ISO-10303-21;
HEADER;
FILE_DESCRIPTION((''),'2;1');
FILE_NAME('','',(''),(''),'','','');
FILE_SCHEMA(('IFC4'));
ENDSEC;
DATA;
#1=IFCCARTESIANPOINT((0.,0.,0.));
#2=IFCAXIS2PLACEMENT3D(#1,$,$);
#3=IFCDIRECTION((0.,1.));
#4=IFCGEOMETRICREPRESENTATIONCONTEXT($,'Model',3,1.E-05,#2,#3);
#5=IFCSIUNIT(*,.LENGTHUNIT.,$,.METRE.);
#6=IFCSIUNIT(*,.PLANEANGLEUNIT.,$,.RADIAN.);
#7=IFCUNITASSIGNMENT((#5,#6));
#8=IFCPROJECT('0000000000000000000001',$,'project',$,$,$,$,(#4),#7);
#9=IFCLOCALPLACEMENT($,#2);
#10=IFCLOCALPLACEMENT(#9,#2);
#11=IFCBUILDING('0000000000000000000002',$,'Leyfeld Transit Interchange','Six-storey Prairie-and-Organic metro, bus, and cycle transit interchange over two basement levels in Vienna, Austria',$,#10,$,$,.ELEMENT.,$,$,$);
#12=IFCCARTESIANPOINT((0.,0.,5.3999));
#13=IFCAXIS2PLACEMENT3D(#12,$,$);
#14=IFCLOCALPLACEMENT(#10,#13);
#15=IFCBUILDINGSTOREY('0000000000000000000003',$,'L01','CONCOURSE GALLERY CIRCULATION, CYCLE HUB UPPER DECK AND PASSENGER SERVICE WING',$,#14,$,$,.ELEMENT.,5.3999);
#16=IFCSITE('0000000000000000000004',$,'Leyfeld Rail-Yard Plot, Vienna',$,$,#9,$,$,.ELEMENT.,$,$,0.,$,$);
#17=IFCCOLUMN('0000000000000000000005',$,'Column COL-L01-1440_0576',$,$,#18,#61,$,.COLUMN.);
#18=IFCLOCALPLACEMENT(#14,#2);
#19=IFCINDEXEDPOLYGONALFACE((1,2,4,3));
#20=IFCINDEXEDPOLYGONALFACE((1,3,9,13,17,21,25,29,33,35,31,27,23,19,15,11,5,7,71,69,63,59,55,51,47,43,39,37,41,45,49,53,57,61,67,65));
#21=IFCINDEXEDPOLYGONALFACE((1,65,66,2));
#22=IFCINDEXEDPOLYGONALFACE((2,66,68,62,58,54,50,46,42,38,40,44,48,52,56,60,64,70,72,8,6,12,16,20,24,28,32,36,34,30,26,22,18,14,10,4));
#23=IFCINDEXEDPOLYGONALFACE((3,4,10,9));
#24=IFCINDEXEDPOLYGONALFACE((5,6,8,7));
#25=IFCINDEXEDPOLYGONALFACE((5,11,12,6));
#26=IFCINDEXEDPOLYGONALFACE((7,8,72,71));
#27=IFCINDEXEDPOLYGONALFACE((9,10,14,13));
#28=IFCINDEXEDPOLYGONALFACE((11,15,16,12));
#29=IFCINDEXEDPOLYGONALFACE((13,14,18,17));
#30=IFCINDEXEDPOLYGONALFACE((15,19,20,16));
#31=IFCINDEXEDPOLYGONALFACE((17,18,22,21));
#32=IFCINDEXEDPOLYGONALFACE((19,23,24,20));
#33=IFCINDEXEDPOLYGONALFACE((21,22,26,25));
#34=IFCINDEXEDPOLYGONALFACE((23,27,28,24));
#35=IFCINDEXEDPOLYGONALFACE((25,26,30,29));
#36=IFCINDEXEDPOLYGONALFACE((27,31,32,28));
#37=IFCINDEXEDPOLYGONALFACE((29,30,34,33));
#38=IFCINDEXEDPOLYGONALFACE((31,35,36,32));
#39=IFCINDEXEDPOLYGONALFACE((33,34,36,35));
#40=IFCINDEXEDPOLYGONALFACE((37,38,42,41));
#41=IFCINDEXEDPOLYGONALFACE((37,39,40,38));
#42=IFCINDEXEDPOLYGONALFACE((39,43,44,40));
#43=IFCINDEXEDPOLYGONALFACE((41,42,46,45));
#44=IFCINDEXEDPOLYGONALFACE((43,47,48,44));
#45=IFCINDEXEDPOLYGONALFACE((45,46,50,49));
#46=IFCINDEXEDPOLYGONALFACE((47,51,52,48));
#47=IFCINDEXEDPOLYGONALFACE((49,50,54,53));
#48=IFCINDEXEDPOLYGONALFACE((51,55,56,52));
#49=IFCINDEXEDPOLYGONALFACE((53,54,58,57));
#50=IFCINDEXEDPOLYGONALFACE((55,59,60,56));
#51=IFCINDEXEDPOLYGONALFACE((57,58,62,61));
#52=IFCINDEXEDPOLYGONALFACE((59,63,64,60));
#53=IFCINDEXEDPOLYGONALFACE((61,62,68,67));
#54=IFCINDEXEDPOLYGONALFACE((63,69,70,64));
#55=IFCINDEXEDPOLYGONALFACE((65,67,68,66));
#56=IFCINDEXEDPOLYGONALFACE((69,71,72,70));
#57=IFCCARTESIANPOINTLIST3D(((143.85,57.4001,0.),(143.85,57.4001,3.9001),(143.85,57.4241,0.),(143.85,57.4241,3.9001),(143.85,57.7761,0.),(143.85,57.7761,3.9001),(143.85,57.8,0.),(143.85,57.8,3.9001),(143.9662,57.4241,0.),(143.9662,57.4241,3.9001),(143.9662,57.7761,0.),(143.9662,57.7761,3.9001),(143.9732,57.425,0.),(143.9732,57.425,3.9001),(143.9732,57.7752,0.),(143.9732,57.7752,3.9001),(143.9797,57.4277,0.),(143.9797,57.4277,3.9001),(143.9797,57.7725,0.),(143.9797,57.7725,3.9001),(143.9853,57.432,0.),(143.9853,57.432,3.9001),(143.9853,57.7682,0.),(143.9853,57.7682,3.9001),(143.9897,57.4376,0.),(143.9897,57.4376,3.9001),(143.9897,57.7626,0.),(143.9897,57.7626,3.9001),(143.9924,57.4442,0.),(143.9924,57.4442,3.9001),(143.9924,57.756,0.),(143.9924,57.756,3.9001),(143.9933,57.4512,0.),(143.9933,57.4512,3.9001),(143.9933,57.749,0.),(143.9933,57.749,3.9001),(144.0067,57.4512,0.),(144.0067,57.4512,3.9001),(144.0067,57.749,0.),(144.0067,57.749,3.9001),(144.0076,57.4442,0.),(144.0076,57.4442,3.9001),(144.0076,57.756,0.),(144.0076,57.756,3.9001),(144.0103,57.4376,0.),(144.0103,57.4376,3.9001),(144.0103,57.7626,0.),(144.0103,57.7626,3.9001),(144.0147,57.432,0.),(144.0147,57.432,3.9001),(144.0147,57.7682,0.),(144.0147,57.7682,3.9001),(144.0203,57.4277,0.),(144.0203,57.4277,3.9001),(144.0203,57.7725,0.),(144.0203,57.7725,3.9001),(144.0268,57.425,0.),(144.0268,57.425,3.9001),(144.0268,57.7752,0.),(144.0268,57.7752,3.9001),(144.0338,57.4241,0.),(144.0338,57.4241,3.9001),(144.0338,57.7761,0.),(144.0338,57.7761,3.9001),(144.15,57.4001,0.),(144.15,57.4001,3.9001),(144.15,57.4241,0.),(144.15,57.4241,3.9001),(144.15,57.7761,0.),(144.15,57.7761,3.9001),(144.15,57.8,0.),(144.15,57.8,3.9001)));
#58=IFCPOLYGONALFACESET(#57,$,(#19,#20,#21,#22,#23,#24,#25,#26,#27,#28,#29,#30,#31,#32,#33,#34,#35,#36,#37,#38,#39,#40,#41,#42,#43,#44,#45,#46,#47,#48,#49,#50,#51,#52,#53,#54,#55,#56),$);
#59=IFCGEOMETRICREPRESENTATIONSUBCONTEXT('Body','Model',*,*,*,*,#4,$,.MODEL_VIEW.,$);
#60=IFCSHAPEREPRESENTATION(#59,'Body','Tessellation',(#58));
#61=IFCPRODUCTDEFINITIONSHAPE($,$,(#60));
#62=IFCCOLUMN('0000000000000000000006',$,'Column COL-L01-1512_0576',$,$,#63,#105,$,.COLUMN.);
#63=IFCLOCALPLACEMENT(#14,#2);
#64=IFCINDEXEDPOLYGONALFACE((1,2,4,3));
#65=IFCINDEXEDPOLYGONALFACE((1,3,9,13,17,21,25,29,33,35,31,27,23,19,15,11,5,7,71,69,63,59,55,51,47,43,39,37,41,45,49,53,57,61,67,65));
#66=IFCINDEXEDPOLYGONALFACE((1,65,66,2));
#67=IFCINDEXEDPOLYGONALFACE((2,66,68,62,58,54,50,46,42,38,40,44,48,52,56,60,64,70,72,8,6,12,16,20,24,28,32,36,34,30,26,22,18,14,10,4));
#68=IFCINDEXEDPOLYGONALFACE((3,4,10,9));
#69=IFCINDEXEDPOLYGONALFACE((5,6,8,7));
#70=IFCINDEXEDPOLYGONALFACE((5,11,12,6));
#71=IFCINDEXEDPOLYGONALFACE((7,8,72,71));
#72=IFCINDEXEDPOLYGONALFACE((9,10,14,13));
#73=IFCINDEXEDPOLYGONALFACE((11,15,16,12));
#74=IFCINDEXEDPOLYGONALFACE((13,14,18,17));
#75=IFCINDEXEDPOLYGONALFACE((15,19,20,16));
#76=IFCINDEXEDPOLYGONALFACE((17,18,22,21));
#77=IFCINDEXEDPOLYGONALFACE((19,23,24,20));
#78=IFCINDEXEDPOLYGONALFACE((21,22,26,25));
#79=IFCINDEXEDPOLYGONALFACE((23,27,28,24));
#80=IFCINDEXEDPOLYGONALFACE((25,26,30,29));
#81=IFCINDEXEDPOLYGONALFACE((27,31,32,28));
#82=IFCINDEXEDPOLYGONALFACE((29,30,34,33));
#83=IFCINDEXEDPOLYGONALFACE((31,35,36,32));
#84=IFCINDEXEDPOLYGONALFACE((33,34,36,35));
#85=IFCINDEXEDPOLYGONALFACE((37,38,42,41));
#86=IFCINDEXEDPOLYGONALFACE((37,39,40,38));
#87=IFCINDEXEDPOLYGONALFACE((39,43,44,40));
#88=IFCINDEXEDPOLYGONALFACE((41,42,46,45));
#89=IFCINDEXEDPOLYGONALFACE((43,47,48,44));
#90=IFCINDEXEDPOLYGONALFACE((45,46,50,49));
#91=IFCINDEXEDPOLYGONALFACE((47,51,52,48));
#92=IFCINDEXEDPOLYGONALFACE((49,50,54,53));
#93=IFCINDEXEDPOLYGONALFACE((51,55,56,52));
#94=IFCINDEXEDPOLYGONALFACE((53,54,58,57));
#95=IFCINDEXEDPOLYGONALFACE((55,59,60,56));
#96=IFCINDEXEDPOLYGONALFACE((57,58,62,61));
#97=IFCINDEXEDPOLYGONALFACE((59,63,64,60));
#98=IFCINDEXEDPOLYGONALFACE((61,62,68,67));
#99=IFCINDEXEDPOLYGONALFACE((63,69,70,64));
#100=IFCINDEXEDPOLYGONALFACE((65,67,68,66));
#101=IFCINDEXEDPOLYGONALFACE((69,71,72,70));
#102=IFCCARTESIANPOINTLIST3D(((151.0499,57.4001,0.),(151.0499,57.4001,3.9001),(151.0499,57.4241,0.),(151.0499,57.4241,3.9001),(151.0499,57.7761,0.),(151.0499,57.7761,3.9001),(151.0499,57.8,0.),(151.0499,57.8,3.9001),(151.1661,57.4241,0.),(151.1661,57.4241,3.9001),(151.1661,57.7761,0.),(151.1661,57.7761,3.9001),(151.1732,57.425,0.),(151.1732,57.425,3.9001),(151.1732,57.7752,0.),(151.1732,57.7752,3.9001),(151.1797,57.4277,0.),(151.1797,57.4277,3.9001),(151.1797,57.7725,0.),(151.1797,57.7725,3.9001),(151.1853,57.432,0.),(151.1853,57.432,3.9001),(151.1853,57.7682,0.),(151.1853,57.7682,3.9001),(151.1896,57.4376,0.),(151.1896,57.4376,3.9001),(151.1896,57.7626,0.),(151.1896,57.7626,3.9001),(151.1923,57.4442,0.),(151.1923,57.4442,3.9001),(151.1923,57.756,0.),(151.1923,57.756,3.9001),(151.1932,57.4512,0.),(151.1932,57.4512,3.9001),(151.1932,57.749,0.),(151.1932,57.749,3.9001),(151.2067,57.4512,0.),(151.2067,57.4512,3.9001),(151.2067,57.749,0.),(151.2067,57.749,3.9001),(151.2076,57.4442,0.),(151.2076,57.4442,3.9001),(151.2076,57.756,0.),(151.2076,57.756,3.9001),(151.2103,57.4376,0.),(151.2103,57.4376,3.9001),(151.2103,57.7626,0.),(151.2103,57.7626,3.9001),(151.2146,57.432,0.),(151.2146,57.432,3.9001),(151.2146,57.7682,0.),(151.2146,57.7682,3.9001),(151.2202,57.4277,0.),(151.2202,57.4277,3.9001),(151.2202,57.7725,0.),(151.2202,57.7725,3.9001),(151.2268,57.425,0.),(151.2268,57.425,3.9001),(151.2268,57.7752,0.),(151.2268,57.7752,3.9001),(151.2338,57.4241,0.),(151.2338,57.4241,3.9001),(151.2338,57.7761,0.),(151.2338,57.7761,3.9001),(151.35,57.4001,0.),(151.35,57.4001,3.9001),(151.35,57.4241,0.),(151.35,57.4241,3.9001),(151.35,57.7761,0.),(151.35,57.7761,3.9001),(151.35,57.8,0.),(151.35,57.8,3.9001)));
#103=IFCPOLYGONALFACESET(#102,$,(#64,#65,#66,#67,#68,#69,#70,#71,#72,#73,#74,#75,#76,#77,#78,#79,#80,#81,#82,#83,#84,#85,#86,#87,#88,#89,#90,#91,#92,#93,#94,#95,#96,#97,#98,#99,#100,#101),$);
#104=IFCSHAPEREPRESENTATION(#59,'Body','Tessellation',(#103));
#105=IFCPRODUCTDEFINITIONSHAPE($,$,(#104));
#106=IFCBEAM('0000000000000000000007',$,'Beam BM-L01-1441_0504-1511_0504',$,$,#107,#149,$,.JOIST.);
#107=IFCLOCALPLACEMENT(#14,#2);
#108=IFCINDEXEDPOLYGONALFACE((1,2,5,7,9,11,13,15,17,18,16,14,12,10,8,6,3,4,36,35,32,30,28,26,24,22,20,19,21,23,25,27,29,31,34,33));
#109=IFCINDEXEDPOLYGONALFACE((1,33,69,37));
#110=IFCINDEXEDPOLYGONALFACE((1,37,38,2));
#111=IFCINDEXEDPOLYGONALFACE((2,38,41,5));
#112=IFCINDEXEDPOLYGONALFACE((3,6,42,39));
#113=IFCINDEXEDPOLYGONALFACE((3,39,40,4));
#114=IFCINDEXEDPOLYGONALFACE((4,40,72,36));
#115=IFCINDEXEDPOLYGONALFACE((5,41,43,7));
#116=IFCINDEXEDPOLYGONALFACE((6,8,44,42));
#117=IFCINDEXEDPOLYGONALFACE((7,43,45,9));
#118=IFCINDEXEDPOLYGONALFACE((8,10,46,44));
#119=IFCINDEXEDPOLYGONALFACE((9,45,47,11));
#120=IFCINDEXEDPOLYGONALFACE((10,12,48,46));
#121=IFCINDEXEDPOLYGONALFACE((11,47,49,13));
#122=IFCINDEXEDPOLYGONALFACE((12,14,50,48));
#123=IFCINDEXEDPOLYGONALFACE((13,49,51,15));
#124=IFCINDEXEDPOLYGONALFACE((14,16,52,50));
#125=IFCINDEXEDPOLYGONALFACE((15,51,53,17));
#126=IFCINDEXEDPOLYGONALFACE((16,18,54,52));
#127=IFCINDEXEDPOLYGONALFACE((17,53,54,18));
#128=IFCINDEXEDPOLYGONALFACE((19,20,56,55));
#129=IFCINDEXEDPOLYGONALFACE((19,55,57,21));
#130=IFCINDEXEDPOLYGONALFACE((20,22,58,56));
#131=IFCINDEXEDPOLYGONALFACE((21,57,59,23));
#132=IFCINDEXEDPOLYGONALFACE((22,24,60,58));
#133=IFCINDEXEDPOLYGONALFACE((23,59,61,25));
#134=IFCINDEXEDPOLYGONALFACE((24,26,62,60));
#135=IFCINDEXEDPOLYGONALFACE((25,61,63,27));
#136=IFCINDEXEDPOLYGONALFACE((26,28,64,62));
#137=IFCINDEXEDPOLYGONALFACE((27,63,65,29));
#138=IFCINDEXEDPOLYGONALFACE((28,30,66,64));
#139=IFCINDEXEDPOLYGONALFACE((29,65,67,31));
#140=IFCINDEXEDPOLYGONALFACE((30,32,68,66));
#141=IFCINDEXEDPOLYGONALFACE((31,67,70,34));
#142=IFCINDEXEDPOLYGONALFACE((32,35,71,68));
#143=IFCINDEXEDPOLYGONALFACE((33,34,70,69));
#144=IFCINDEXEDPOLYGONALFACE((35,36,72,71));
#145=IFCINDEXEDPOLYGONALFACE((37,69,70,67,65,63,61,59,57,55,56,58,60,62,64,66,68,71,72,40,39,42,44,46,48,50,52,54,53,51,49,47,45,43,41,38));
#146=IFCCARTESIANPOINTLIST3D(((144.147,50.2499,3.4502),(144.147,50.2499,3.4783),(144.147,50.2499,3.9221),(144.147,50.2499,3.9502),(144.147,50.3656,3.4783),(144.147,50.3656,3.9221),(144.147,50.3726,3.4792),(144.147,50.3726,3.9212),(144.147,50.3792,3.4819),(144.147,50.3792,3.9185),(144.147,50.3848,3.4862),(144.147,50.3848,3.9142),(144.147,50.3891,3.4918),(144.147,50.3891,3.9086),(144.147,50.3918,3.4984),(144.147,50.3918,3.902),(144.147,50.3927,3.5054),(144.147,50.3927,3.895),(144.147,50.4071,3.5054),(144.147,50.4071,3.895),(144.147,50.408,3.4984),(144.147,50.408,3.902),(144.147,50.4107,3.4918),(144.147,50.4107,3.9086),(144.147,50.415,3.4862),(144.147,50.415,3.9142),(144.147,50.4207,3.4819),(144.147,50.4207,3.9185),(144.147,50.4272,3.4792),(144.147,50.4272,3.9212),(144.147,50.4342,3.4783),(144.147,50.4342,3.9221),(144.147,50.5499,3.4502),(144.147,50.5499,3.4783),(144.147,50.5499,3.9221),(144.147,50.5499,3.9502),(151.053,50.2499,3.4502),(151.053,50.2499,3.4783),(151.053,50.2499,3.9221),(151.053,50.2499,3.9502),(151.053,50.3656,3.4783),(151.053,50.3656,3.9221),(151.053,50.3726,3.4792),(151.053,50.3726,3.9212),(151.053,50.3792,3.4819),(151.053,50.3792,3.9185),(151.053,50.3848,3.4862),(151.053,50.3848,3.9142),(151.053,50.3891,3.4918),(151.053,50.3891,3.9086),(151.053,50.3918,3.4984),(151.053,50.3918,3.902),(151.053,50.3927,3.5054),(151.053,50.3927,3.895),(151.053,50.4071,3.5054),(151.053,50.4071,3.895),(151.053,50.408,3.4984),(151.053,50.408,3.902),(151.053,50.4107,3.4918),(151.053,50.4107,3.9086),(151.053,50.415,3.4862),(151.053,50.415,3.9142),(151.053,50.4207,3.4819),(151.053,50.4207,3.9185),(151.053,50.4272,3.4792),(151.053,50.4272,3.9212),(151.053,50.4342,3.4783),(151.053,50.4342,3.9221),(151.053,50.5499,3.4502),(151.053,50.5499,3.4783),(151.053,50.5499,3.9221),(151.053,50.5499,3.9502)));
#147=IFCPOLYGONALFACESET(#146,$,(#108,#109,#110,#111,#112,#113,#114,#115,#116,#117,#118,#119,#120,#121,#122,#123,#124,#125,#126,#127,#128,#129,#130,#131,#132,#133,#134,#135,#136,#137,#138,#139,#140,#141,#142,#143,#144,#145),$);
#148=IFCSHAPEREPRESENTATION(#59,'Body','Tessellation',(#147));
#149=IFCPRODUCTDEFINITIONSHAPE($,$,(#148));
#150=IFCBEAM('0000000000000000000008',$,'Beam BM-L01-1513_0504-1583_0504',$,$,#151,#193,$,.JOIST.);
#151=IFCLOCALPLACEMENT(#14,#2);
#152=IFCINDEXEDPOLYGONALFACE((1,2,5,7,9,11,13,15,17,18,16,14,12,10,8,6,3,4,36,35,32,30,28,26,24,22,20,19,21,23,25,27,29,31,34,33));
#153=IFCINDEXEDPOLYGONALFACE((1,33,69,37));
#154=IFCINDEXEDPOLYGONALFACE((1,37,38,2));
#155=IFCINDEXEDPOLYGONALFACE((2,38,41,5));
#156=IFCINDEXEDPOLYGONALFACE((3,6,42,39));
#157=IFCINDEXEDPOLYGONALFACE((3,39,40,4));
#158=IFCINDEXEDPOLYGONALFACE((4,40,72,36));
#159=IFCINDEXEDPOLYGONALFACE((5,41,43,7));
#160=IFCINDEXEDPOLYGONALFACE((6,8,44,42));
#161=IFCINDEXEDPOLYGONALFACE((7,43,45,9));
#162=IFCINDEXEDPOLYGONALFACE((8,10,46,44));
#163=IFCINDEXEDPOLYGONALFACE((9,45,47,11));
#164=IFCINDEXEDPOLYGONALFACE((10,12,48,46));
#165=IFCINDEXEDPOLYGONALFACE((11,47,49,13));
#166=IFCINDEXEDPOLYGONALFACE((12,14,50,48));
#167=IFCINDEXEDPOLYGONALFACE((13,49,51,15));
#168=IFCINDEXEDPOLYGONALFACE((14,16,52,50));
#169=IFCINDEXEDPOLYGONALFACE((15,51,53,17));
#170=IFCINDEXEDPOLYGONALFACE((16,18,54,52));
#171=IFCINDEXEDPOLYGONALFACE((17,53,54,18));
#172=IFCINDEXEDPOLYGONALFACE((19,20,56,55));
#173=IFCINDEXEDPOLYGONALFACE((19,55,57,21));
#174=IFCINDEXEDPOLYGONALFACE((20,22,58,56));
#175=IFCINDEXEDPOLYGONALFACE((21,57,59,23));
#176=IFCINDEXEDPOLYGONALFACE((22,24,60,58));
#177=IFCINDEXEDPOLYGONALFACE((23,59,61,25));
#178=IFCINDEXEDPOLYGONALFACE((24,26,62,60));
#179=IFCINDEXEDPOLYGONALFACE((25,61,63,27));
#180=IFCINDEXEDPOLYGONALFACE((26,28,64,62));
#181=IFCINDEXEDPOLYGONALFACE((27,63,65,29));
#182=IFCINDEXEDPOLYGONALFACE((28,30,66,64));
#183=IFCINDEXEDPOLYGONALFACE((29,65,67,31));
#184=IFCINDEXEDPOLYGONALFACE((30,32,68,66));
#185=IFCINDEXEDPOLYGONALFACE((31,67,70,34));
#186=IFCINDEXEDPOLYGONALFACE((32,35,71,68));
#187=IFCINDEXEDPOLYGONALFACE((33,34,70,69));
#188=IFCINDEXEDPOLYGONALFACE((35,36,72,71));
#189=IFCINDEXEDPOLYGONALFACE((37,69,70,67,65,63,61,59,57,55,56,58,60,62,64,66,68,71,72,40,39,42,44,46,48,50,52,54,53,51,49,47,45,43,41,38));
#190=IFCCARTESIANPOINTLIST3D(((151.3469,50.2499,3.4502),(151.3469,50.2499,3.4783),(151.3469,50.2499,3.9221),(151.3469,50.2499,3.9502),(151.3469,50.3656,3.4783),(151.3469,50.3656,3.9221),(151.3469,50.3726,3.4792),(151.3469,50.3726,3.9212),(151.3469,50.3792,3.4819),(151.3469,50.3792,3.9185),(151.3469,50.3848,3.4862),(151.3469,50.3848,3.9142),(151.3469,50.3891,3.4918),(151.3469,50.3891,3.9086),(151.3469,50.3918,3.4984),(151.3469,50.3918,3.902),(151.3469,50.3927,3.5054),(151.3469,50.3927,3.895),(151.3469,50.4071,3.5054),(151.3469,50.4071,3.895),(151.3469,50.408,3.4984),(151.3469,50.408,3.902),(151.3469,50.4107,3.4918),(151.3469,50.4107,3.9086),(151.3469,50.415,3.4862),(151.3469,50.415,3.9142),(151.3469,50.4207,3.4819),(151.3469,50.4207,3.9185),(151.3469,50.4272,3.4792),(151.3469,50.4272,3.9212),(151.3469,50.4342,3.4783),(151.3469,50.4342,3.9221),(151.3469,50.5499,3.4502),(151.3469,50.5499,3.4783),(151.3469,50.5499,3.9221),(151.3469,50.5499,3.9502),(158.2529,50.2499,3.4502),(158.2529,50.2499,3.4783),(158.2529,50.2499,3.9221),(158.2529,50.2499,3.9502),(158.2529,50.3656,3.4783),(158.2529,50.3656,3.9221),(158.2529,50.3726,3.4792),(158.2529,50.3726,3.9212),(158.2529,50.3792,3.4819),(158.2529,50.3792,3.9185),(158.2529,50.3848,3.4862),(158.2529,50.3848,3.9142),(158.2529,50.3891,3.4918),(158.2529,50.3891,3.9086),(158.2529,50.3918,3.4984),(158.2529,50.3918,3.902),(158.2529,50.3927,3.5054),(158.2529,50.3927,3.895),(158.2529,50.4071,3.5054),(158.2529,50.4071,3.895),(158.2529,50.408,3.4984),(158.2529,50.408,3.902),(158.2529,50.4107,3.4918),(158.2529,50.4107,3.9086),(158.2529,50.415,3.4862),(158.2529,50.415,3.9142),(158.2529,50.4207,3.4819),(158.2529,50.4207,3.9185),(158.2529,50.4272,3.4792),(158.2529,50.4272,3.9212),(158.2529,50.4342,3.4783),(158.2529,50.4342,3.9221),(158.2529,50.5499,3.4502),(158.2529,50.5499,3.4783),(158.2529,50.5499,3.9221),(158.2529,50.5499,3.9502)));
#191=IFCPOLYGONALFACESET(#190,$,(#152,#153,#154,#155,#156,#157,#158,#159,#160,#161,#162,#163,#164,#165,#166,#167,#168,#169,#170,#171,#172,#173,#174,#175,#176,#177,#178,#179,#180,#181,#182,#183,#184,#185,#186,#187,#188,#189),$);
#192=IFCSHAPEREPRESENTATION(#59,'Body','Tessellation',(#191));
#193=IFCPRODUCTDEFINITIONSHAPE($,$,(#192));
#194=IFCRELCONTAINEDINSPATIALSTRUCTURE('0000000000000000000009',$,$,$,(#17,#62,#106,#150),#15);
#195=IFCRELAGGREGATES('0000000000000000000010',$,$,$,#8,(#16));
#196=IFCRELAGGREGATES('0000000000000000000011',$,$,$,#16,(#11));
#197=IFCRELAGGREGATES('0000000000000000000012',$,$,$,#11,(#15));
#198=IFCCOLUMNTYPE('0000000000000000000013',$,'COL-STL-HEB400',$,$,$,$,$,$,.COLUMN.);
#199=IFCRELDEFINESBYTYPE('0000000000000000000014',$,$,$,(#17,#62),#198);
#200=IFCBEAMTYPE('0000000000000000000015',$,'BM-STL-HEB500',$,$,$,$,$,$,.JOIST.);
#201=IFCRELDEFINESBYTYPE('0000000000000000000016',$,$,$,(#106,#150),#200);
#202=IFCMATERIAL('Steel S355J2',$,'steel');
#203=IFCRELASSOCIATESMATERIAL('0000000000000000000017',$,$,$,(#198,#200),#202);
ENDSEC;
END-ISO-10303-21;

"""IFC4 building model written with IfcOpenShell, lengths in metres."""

from ifc_helpers import new_model, si_unit, direction, frame, origin, origin_2d, place, context, subcontext, project, spatial, i_section, extrude, material, material_profile, profile_set, type_object, element, save


model = new_model("IFC4")

# Units and contexts
model_context = context("Model", 3, precision=1e-05, world=origin(), true_north=direction((0.0, 1.0)))
body_context = subcontext(model_context, "Body", "Model", "MODEL_VIEW")
ifc_project = project(units=[si_unit("LENGTHUNIT", "METRE"), si_unit("PLANEANGLEUNIT", "RADIAN")], contexts=[model_context])

# Site, building, storey
site_placement = place(None, origin())
site = spatial("IfcSite", under=ifc_project, at=site_placement, Name="Leyfeld Rail-Yard Plot, Vienna", CompositionType="ELEMENT", RefElevation=0.0)
building_placement = place(site_placement, origin())
building = spatial("IfcBuilding", under=site, at=building_placement, Name="Leyfeld Transit Interchange", Description="Six-storey Prairie-and-Organic metro, bus, and cycle transit interchange over two basement levels in Vienna, Austria", CompositionType="ELEMENT")
storey_placement = place(building_placement, frame((0.0, 0.0, 5.3999)))
storey = spatial("IfcBuildingStorey", under=building, at=storey_placement, Name="L01", Description="CONCOURSE GALLERY CIRCULATION, CYCLE HUB UPPER DECK AND PASSENGER SERVICE WING", CompositionType="ELEMENT", Elevation=5.3999)

# Columns
ifc_material_1 = material(Name="Steel S355J2", Category="steel")
ifc_material_profile_1 = material_profile(ifc_material_1, i_section(OverallWidth=0.3, OverallDepth=0.3999, WebThickness=0.0134, FlangeThickness=0.0239, FilletRadius=0.0271, at=origin_2d()), Name="HEB 400")
ifc_profile_set_1 = profile_set([ifc_material_profile_1], Name="Steel S355J2")
column_type = type_object("IfcColumnType", Name="COL-STL-HEB400", PredefinedType="COLUMN", material=ifc_profile_set_1)
for number, where, z_axis, x_axis, name in (
    (1, (144.0, 57.6001, 0.0), (0.0, 0.0, 1.0), (1.0, 0.0, 0.0), "Column COL-L01-1440_0576"),
    (2, (151.2, 57.6001, 0.0), (0.0, 0.0, 1.0), (1.0, 0.0, 0.0), "Column COL-L01-1512_0576"),
):
    element("IfcColumn", number, at=place(storey_placement, frame(where, z_axis=z_axis, x_axis=x_axis)), inside=storey, type_object=column_type, Name=name, PredefinedType="COLUMN", context=body_context, shape_type="SweptSolid", body=[
        extrude(i_section(OverallWidth=0.3, OverallDepth=0.3999, WebThickness=0.0134, FlangeThickness=0.0239, FilletRadius=0.0271, at=origin_2d()), origin(), (0.0, 0.0, 1.0), 3.9001),
    ])

# Beams
ifc_material_profile_2 = material_profile(ifc_material_1, i_section(OverallWidth=0.3, OverallDepth=0.5, WebThickness=0.0144, FlangeThickness=0.0281, FilletRadius=0.0271, at=origin_2d()), Name="HEB 500")
ifc_profile_set_2 = profile_set([ifc_material_profile_2], Name="Steel S355J2")
beam_type_1 = type_object("IfcBeamType", Name="BM-STL-HEB500", PredefinedType="JOIST", material=ifc_profile_set_2)
for number, where, z_axis, x_axis, name in (
    (3, (144.147, 50.3999, 3.7002), (1.0, 0.0, 0.0), (0.0, 1.0, 0.0), "Beam BM-L01-1441_0504-1511_0504"),
    (4, (151.3469, 50.3999, 3.7002), (1.0, 0.0, 0.0), (0.0, 1.0, 0.0), "Beam BM-L01-1513_0504-1583_0504"),
):
    element("IfcBeam", number, at=place(storey_placement, frame(where, z_axis=z_axis, x_axis=x_axis)), inside=storey, type_object=beam_type_1, Name=name, PredefinedType="JOIST", context=body_context, shape_type="SweptSolid", body=[
        extrude(i_section(OverallWidth=0.3, OverallDepth=0.5, WebThickness=0.0144, FlangeThickness=0.0281, FilletRadius=0.0271, at=origin_2d()), origin(), (0.0, 0.0, 1.0), 6.906),
    ])

save(model, "model.ifc")
